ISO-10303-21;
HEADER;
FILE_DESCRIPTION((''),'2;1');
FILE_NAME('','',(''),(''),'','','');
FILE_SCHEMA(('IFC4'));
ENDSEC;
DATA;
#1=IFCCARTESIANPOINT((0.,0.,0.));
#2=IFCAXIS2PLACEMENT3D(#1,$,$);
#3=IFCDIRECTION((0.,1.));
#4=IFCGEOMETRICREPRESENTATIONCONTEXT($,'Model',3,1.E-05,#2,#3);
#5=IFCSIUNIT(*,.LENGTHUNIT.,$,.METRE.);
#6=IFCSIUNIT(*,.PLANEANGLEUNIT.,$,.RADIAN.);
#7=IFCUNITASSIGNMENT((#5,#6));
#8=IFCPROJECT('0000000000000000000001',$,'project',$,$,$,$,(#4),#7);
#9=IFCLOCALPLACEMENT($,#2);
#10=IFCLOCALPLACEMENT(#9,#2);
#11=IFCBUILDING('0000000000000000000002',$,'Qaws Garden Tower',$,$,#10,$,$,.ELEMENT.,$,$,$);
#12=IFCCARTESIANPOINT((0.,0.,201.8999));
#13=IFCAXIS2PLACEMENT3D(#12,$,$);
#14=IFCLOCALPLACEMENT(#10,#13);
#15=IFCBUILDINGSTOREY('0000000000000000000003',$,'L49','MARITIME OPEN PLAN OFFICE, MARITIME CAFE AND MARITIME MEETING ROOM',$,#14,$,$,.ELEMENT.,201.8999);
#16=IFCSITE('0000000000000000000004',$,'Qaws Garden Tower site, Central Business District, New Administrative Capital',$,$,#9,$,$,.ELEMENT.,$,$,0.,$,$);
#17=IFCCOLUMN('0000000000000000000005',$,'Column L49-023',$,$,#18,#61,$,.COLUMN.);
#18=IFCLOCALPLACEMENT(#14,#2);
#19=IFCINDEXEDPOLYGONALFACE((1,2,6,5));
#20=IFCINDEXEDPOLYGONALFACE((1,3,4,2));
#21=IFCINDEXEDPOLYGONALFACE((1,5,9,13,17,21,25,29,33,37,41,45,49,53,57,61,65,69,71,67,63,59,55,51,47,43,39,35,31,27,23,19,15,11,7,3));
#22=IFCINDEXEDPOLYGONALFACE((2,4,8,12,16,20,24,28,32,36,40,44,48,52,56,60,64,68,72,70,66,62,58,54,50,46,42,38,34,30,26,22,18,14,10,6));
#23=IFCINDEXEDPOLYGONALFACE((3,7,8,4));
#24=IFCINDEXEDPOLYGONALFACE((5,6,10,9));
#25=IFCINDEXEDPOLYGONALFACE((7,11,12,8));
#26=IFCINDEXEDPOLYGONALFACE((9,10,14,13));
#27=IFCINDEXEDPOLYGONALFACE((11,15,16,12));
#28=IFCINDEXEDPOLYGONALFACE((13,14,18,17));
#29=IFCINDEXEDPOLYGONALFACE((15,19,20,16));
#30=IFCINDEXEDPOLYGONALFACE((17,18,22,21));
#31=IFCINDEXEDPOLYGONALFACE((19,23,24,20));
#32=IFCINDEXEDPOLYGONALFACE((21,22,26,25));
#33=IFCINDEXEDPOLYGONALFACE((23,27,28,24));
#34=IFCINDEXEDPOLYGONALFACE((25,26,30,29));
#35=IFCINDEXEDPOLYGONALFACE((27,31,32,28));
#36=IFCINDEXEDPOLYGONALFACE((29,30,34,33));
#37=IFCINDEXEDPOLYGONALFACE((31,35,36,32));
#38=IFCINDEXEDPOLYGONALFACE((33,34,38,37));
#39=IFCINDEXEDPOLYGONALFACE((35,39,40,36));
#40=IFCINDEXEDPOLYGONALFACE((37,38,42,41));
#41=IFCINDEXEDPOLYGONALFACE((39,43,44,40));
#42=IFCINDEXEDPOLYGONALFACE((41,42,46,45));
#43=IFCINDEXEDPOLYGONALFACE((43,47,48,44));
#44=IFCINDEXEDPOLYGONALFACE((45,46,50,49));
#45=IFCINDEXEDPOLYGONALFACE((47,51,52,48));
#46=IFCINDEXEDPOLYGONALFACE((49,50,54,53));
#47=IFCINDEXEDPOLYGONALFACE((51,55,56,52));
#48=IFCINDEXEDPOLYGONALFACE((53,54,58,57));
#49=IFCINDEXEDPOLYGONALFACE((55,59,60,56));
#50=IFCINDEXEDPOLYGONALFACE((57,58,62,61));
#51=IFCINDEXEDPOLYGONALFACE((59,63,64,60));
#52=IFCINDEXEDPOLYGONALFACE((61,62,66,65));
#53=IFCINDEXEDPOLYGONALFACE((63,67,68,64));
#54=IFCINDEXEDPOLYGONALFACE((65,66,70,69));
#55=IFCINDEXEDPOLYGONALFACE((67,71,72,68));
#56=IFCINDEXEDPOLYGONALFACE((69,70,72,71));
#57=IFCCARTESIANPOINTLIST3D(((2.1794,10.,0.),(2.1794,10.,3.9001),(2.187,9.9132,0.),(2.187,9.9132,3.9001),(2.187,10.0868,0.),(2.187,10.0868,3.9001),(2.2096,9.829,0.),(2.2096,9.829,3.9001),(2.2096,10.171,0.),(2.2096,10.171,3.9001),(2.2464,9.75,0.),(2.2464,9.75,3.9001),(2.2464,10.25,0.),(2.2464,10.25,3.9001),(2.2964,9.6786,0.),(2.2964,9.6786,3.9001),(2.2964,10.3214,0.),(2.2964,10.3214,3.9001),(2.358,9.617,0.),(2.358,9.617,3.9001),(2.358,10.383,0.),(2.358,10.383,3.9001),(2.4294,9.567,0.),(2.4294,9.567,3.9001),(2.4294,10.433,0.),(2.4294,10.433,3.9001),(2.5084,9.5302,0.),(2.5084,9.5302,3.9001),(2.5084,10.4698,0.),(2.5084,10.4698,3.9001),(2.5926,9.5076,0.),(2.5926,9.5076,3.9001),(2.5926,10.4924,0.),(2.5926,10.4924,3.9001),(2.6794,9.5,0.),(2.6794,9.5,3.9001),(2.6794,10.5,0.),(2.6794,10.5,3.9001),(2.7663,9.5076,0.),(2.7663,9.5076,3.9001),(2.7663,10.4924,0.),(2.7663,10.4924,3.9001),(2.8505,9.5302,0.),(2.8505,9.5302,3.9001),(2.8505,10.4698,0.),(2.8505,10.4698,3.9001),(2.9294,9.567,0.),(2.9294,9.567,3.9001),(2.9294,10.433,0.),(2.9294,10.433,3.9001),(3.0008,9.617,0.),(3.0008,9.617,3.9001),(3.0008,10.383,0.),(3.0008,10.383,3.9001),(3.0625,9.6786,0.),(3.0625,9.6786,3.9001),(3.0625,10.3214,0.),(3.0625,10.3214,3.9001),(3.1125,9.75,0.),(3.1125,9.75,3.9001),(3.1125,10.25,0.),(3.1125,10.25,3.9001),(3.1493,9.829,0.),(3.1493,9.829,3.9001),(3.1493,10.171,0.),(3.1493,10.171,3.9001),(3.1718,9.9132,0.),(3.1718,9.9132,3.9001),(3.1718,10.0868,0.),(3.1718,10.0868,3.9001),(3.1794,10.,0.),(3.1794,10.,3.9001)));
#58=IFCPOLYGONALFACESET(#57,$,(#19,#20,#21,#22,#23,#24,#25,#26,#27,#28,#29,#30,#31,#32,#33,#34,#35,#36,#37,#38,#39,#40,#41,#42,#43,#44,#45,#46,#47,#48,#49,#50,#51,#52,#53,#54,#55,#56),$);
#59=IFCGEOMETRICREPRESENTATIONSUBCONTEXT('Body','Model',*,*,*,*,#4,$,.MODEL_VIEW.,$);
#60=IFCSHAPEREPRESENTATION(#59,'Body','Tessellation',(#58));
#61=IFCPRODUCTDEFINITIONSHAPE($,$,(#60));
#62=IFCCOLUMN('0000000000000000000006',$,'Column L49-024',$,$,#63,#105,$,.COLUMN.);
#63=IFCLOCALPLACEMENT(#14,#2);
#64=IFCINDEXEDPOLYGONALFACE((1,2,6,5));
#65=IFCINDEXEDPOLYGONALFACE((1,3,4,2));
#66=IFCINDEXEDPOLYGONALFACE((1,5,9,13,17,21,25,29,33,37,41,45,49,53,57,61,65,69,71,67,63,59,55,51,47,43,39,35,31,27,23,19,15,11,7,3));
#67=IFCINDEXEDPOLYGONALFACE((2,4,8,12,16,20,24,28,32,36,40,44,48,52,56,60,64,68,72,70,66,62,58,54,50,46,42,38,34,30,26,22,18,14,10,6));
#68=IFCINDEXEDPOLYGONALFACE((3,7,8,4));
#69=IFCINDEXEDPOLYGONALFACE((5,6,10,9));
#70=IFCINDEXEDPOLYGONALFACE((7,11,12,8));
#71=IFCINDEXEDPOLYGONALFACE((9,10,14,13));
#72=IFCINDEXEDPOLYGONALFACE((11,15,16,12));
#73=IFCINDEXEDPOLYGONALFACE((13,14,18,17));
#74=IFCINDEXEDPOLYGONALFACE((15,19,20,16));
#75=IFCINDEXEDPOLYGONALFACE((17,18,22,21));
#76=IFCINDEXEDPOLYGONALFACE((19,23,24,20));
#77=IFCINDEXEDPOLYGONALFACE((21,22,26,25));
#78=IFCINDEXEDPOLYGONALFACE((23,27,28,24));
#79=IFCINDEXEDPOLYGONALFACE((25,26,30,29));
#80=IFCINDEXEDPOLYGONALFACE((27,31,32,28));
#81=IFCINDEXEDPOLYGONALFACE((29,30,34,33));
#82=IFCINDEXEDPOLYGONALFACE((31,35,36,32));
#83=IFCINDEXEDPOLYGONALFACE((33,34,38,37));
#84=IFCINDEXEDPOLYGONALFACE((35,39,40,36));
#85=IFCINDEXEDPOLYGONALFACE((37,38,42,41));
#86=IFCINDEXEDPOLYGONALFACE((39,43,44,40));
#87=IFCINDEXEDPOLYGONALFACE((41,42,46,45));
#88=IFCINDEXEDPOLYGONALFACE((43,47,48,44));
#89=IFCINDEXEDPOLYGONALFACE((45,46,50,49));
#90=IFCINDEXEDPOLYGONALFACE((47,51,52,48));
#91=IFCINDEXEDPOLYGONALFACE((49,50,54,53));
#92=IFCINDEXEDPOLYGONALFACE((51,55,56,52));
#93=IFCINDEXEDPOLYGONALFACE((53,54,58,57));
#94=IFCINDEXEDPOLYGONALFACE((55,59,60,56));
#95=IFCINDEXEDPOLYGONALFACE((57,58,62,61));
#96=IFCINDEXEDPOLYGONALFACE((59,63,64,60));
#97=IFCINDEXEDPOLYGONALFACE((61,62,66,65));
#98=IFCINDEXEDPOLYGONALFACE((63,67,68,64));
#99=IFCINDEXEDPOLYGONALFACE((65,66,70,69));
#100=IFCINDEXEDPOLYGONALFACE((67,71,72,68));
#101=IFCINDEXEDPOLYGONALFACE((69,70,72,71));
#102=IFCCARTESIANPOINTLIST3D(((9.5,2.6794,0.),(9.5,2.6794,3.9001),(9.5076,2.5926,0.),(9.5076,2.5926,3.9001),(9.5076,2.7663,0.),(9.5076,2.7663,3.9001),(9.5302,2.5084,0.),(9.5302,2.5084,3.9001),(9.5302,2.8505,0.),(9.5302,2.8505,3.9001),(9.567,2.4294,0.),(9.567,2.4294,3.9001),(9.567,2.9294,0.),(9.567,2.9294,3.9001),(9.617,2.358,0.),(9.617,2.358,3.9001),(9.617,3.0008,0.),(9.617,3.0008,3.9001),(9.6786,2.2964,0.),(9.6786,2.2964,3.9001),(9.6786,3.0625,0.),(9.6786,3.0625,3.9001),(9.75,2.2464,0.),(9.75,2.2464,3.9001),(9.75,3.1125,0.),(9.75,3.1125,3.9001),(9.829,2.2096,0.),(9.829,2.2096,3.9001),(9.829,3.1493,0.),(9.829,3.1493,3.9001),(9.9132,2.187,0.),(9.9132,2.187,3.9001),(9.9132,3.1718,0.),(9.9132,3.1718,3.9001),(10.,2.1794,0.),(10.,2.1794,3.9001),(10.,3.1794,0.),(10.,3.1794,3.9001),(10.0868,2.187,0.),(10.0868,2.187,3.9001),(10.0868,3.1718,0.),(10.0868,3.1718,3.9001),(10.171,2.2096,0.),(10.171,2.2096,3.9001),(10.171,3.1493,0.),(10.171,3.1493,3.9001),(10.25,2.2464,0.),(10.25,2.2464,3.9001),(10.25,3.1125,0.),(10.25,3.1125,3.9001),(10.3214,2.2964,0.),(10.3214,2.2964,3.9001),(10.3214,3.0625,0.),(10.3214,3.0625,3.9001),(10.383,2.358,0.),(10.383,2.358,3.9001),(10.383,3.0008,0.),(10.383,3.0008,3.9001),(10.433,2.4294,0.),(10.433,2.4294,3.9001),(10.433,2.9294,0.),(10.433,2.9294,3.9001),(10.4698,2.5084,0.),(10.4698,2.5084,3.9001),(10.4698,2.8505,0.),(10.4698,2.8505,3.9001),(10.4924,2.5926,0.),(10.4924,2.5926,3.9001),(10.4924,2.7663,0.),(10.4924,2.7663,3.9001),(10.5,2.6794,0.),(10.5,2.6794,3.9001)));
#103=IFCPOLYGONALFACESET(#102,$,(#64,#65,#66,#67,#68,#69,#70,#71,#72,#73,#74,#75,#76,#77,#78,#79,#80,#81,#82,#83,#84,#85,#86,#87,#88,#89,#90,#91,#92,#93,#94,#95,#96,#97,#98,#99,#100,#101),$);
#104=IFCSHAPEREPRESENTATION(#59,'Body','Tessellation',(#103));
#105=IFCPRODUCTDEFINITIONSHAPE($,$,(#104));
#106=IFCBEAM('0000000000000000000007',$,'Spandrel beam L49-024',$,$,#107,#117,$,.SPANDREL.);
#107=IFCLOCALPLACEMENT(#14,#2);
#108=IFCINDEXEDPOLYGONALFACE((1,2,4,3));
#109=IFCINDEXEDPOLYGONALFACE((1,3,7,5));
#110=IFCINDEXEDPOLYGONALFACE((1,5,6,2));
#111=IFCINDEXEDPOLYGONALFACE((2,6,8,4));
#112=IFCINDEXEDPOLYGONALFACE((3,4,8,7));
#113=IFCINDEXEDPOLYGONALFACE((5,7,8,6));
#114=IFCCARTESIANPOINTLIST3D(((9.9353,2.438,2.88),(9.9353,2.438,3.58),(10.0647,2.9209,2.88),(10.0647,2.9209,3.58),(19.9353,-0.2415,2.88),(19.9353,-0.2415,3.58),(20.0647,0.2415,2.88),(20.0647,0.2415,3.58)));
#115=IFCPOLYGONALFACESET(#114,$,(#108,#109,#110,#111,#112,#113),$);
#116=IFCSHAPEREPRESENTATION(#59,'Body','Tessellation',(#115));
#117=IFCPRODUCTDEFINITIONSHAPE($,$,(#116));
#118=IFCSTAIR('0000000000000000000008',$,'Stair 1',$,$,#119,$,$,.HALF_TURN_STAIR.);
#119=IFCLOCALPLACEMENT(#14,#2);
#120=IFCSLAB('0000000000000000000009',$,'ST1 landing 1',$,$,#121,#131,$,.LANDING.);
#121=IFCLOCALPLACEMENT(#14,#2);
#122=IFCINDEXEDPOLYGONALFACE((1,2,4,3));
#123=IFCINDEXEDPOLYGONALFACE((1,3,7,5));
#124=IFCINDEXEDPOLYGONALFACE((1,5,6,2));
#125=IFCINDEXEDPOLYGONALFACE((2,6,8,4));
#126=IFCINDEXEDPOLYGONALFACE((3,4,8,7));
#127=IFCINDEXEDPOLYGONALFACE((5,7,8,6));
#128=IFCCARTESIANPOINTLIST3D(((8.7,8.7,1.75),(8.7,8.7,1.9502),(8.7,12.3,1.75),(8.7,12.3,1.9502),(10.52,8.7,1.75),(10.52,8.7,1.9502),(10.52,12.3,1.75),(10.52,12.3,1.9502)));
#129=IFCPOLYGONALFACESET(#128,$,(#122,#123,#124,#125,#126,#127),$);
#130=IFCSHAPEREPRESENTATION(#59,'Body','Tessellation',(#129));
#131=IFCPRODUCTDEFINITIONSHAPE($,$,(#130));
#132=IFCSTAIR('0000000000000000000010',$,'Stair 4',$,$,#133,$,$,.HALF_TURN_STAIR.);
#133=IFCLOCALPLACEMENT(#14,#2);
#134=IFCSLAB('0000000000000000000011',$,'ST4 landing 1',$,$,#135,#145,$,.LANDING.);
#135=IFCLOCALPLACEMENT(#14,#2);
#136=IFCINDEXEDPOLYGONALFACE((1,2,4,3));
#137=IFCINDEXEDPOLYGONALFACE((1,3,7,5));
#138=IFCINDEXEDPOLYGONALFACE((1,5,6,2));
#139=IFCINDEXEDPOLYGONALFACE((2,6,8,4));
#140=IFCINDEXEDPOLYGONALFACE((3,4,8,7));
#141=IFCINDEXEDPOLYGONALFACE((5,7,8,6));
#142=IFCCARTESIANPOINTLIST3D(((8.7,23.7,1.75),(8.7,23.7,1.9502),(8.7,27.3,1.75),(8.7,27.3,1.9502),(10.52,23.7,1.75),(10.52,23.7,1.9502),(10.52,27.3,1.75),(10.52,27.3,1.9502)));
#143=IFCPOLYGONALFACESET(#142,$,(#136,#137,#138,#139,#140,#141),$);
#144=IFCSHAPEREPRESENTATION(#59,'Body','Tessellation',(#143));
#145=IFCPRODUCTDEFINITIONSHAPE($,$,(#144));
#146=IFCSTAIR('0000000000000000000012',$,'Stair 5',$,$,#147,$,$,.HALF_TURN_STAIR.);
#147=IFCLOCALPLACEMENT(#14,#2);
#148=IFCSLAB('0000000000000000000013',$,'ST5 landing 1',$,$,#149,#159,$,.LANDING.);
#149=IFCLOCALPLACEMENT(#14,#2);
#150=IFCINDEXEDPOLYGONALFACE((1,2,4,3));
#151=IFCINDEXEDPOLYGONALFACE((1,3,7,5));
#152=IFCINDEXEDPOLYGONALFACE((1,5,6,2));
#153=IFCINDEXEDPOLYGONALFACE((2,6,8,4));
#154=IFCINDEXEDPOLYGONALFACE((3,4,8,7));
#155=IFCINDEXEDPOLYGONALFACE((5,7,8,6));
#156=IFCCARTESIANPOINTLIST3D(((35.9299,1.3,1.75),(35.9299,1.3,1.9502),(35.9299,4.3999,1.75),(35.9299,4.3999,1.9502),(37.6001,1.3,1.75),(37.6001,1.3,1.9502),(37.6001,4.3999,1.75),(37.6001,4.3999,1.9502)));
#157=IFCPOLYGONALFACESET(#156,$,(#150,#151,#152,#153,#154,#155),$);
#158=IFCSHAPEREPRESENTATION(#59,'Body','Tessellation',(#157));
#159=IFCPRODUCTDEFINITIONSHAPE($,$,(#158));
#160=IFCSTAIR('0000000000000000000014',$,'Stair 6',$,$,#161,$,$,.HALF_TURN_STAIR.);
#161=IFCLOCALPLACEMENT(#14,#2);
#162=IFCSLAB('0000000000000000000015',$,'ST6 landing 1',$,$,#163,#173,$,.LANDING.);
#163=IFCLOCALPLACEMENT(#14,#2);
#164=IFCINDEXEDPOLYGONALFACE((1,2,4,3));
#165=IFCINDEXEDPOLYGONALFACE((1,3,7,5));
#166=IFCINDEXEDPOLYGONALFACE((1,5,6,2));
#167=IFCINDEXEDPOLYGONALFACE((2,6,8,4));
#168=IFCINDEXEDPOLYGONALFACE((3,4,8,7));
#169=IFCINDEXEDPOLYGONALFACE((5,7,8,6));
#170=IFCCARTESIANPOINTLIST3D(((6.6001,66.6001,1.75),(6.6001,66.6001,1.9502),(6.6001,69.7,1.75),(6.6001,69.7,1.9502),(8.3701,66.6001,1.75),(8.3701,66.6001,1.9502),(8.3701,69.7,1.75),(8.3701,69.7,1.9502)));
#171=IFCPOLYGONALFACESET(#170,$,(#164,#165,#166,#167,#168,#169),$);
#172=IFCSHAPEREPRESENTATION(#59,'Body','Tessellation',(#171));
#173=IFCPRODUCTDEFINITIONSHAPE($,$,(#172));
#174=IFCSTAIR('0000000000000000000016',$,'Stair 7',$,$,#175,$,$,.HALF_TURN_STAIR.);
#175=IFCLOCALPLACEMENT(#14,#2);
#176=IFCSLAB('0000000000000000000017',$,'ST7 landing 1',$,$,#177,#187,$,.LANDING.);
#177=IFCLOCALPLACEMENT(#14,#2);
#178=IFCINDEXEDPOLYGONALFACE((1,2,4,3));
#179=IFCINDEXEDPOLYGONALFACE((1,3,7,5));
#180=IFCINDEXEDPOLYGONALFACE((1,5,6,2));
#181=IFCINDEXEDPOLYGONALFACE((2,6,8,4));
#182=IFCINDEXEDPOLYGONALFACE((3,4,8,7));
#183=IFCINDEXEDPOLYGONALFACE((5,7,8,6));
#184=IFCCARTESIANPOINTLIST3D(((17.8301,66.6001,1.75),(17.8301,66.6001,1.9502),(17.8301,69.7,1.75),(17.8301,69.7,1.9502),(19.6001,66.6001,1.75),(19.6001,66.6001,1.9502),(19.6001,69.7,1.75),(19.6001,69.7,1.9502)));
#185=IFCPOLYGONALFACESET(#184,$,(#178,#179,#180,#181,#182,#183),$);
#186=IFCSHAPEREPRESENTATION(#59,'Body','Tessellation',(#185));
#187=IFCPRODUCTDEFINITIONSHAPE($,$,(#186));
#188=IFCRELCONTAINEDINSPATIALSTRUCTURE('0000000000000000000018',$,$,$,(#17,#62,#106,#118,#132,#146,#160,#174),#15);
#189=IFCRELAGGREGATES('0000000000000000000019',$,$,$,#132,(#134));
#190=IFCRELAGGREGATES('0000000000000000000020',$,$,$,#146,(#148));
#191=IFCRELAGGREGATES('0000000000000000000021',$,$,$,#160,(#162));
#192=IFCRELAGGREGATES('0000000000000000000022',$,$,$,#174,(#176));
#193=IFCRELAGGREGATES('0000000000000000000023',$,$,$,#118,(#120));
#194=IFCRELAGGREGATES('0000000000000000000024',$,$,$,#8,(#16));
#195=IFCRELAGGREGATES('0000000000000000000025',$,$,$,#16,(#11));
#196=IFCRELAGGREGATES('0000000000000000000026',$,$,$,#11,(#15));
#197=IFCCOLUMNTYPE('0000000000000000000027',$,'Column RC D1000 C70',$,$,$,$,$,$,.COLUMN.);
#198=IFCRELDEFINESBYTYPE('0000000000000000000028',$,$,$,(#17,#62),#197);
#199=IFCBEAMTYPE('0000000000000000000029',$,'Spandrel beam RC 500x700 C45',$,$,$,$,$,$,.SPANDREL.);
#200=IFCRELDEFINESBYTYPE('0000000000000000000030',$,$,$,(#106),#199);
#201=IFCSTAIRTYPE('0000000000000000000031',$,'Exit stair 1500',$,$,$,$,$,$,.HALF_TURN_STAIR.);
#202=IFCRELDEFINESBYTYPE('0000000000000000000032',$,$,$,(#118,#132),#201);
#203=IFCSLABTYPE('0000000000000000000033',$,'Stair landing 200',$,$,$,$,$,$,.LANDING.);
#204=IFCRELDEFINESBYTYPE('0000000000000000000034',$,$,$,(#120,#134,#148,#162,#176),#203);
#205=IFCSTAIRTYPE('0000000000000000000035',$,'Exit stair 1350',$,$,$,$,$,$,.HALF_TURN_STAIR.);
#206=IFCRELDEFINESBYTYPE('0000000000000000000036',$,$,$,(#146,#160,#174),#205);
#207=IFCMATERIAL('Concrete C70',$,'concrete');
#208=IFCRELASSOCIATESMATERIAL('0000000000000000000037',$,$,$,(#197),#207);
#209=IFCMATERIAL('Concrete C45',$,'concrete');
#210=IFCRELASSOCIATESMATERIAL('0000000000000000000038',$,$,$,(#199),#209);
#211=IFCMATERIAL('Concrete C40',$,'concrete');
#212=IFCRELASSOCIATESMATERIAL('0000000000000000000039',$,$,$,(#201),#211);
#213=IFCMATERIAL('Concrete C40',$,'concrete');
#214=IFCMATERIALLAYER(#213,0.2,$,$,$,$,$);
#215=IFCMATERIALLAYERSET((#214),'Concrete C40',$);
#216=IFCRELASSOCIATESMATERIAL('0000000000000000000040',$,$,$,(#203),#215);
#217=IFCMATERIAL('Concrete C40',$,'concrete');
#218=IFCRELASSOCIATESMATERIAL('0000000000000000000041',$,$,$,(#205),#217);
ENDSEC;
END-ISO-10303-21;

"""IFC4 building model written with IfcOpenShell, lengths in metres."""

from ifc_helpers import new_model, si_unit, direction, frame, origin, origin_2d, place, context, subcontext, project, spatial, polyline, rectangle, circle, outline, extrude, material, layer, layer_set, material_profile, profile_set, type_object, element, aggregate, save


model = new_model("IFC4")

# Units and contexts
model_context = context("Model", 3, precision=1e-05, world=origin(), true_north=direction((0.0, 1.0)))
body_context = subcontext(model_context, "Body", "Model", "MODEL_VIEW")
ifc_project = project(units=[si_unit("LENGTHUNIT", "METRE"), si_unit("PLANEANGLEUNIT", "RADIAN")], contexts=[model_context])

# Site, building, storey
site_placement = place(None, origin())
site = spatial("IfcSite", under=ifc_project, at=site_placement, Name="Qaws Garden Tower site, Central Business District, New Administrative Capital", CompositionType="ELEMENT", RefElevation=0.0)
building_placement = place(site_placement, origin())
building = spatial("IfcBuilding", under=site, at=building_placement, Name="Qaws Garden Tower", CompositionType="ELEMENT")
storey_placement = place(building_placement, frame((0.0, 0.0, 201.8999)))
storey = spatial("IfcBuildingStorey", under=building, at=storey_placement, Name="L49", Description="MARITIME OPEN PLAN OFFICE, MARITIME CAFE AND MARITIME MEETING ROOM", CompositionType="ELEMENT", Elevation=201.8999)

# Columns
ifc_material_1 = material(Name="Concrete C70", Category="concrete")
ifc_material_profile_1 = material_profile(ifc_material_1, circle(Radius=0.5, at=origin_2d()), Name="RC D1000")
ifc_profile_set_1 = profile_set([ifc_material_profile_1], Name="Concrete C70")
column_type = type_object("IfcColumnType", Name="Column RC D1000 C70", PredefinedType="COLUMN", material=ifc_profile_set_1)
for number, where, z_axis, x_axis, name in (
    (1, (2.6794, 10.0, 0.0), (0.0, 0.0, 1.0), (1.0, 0.0, 0.0), "Column L49-023"),
    (2, (10.0, 2.6794, 0.0), (0.0, 0.0, 1.0), (1.0, 0.0, 0.0), "Column L49-024"),
):
    element("IfcColumn", number, at=place(storey_placement, frame(where, z_axis=z_axis, x_axis=x_axis)), inside=storey, type_object=column_type, Name=name, PredefinedType="COLUMN", context=body_context, shape_type="SweptSolid", body=[
        extrude(circle(Radius=0.5, at=origin_2d()), origin(), (0.0, 0.0, 1.0), 3.9001),
    ])

# Beam
ifc_material_2 = material(Name="Concrete C45", Category="concrete")
ifc_material_profile_2 = material_profile(ifc_material_2, rectangle(XDim=0.5, YDim=0.7, at=origin_2d()), Name="RC 500x700")
ifc_profile_set_2 = profile_set([ifc_material_profile_2], Name="Concrete C45")
beam_type = type_object("IfcBeamType", Name="Spandrel beam RC 500x700 C45", PredefinedType="SPANDREL", material=ifc_profile_set_2)
beam_placement = place(storey_placement, frame((10.0, 2.6794, 3.23), z_axis=(0.965927, -0.258815, 0.0), x_axis=(0.258815, 0.965927, 0.0)))
element("IfcBeam", 3, at=beam_placement, inside=storey, type_object=beam_type, Name="Spandrel beam L49-024", PredefinedType="SPANDREL", context=body_context, shape_type="SweptSolid", body=[
    extrude(rectangle(XDim=0.5, YDim=0.7, at=origin_2d()), origin(), (0.0, 0.0, 1.0), 10.3528),
])

# Stairs, slabs
ifc_material_3 = material(Name="Concrete C40", Category="concrete")
stair_type_1 = type_object("IfcStairType", Name="Exit stair 1500", PredefinedType="HALF_TURN_STAIR", material=ifc_material_3)
placement_1 = place(storey_placement, origin())
stair_1 = element("IfcStair", 4, at=placement_1, inside=storey, type_object=stair_type_1, Name="Stair 1", PredefinedType="HALF_TURN_STAIR")
ifc_material_4 = material(Name="Concrete C40", Category="concrete")
ifc_layer_1 = layer(ifc_material_4, 0.2)
ifc_layer_set_1 = layer_set([ifc_layer_1], Name="Concrete C40")
slab_type = type_object("IfcSlabType", Name="Stair landing 200", PredefinedType="LANDING", material=ifc_layer_set_1)
placement_2 = place(storey_placement, frame((0.0, 0.0, 1.75)))
slab_1 = element("IfcSlab", 5, at=placement_2, type_object=slab_type, Name="ST1 landing 1", PredefinedType="LANDING", context=body_context, shape_type="SweptSolid", body=[
    extrude(outline(polyline([(8.7, 8.7), (10.52, 8.7), (10.52, 12.3), (8.7, 12.3), (8.7, 8.7)])), origin(), (0.0, 0.0, 1.0), 0.2002),
])
stair_2 = element("IfcStair", 6, at=placement_1, inside=storey, type_object=stair_type_1, Name="Stair 4", PredefinedType="HALF_TURN_STAIR")
slab_2 = element("IfcSlab", 7, at=placement_2, type_object=slab_type, Name="ST4 landing 1", PredefinedType="LANDING", context=body_context, shape_type="SweptSolid", body=[
    extrude(outline(polyline([(8.7, 23.7), (10.52, 23.7), (10.52, 27.3), (8.7, 27.3), (8.7, 23.7)])), origin(), (0.0, 0.0, 1.0), 0.2002),
])
aggregate(stair_2, [slab_2])
ifc_material_5 = material(Name="Concrete C40", Category="concrete")
stair_type_2 = type_object("IfcStairType", Name="Exit stair 1350", PredefinedType="HALF_TURN_STAIR", material=ifc_material_5)
stair_3 = element("IfcStair", 8, at=placement_1, inside=storey, type_object=stair_type_2, Name="Stair 5", PredefinedType="HALF_TURN_STAIR")
slab_3 = element("IfcSlab", 9, at=placement_2, type_object=slab_type, Name="ST5 landing 1", PredefinedType="LANDING", context=body_context, shape_type="SweptSolid", body=[
    extrude(outline(polyline([(35.9299, 1.3), (37.6001, 1.3), (37.6001, 4.3999), (35.9299, 4.3999), (35.9299, 1.3)])), origin(), (0.0, 0.0, 1.0), 0.2002),
])
aggregate(stair_3, [slab_3])
stair_4 = element("IfcStair", 10, at=placement_1, inside=storey, type_object=stair_type_2, Name="Stair 6", PredefinedType="HALF_TURN_STAIR")
slab_4 = element("IfcSlab", 11, at=placement_2, type_object=slab_type, Name="ST6 landing 1", PredefinedType="LANDING", context=body_context, shape_type="SweptSolid", body=[
    extrude(outline(polyline([(6.6001, 66.6001), (8.3701, 66.6001), (8.3701, 69.7), (6.6001, 69.7), (6.6001, 66.6001)])), origin(), (0.0, 0.0, 1.0), 0.2002),
])
aggregate(stair_4, [slab_4])
stair_5 = element("IfcStair", 12, at=placement_1, inside=storey, type_object=stair_type_2, Name="Stair 7", PredefinedType="HALF_TURN_STAIR")
slab_5 = element("IfcSlab", 13, at=placement_2, type_object=slab_type, Name="ST7 landing 1", PredefinedType="LANDING", context=body_context, shape_type="SweptSolid", body=[
    extrude(outline(polyline([(17.8301, 66.6001), (19.6001, 66.6001), (19.6001, 69.7), (17.8301, 69.7), (17.8301, 66.6001)])), origin(), (0.0, 0.0, 1.0), 0.2002),
])
aggregate(stair_5, [slab_5])

aggregate(stair_1, [slab_1])

save(model, "model.ifc")
